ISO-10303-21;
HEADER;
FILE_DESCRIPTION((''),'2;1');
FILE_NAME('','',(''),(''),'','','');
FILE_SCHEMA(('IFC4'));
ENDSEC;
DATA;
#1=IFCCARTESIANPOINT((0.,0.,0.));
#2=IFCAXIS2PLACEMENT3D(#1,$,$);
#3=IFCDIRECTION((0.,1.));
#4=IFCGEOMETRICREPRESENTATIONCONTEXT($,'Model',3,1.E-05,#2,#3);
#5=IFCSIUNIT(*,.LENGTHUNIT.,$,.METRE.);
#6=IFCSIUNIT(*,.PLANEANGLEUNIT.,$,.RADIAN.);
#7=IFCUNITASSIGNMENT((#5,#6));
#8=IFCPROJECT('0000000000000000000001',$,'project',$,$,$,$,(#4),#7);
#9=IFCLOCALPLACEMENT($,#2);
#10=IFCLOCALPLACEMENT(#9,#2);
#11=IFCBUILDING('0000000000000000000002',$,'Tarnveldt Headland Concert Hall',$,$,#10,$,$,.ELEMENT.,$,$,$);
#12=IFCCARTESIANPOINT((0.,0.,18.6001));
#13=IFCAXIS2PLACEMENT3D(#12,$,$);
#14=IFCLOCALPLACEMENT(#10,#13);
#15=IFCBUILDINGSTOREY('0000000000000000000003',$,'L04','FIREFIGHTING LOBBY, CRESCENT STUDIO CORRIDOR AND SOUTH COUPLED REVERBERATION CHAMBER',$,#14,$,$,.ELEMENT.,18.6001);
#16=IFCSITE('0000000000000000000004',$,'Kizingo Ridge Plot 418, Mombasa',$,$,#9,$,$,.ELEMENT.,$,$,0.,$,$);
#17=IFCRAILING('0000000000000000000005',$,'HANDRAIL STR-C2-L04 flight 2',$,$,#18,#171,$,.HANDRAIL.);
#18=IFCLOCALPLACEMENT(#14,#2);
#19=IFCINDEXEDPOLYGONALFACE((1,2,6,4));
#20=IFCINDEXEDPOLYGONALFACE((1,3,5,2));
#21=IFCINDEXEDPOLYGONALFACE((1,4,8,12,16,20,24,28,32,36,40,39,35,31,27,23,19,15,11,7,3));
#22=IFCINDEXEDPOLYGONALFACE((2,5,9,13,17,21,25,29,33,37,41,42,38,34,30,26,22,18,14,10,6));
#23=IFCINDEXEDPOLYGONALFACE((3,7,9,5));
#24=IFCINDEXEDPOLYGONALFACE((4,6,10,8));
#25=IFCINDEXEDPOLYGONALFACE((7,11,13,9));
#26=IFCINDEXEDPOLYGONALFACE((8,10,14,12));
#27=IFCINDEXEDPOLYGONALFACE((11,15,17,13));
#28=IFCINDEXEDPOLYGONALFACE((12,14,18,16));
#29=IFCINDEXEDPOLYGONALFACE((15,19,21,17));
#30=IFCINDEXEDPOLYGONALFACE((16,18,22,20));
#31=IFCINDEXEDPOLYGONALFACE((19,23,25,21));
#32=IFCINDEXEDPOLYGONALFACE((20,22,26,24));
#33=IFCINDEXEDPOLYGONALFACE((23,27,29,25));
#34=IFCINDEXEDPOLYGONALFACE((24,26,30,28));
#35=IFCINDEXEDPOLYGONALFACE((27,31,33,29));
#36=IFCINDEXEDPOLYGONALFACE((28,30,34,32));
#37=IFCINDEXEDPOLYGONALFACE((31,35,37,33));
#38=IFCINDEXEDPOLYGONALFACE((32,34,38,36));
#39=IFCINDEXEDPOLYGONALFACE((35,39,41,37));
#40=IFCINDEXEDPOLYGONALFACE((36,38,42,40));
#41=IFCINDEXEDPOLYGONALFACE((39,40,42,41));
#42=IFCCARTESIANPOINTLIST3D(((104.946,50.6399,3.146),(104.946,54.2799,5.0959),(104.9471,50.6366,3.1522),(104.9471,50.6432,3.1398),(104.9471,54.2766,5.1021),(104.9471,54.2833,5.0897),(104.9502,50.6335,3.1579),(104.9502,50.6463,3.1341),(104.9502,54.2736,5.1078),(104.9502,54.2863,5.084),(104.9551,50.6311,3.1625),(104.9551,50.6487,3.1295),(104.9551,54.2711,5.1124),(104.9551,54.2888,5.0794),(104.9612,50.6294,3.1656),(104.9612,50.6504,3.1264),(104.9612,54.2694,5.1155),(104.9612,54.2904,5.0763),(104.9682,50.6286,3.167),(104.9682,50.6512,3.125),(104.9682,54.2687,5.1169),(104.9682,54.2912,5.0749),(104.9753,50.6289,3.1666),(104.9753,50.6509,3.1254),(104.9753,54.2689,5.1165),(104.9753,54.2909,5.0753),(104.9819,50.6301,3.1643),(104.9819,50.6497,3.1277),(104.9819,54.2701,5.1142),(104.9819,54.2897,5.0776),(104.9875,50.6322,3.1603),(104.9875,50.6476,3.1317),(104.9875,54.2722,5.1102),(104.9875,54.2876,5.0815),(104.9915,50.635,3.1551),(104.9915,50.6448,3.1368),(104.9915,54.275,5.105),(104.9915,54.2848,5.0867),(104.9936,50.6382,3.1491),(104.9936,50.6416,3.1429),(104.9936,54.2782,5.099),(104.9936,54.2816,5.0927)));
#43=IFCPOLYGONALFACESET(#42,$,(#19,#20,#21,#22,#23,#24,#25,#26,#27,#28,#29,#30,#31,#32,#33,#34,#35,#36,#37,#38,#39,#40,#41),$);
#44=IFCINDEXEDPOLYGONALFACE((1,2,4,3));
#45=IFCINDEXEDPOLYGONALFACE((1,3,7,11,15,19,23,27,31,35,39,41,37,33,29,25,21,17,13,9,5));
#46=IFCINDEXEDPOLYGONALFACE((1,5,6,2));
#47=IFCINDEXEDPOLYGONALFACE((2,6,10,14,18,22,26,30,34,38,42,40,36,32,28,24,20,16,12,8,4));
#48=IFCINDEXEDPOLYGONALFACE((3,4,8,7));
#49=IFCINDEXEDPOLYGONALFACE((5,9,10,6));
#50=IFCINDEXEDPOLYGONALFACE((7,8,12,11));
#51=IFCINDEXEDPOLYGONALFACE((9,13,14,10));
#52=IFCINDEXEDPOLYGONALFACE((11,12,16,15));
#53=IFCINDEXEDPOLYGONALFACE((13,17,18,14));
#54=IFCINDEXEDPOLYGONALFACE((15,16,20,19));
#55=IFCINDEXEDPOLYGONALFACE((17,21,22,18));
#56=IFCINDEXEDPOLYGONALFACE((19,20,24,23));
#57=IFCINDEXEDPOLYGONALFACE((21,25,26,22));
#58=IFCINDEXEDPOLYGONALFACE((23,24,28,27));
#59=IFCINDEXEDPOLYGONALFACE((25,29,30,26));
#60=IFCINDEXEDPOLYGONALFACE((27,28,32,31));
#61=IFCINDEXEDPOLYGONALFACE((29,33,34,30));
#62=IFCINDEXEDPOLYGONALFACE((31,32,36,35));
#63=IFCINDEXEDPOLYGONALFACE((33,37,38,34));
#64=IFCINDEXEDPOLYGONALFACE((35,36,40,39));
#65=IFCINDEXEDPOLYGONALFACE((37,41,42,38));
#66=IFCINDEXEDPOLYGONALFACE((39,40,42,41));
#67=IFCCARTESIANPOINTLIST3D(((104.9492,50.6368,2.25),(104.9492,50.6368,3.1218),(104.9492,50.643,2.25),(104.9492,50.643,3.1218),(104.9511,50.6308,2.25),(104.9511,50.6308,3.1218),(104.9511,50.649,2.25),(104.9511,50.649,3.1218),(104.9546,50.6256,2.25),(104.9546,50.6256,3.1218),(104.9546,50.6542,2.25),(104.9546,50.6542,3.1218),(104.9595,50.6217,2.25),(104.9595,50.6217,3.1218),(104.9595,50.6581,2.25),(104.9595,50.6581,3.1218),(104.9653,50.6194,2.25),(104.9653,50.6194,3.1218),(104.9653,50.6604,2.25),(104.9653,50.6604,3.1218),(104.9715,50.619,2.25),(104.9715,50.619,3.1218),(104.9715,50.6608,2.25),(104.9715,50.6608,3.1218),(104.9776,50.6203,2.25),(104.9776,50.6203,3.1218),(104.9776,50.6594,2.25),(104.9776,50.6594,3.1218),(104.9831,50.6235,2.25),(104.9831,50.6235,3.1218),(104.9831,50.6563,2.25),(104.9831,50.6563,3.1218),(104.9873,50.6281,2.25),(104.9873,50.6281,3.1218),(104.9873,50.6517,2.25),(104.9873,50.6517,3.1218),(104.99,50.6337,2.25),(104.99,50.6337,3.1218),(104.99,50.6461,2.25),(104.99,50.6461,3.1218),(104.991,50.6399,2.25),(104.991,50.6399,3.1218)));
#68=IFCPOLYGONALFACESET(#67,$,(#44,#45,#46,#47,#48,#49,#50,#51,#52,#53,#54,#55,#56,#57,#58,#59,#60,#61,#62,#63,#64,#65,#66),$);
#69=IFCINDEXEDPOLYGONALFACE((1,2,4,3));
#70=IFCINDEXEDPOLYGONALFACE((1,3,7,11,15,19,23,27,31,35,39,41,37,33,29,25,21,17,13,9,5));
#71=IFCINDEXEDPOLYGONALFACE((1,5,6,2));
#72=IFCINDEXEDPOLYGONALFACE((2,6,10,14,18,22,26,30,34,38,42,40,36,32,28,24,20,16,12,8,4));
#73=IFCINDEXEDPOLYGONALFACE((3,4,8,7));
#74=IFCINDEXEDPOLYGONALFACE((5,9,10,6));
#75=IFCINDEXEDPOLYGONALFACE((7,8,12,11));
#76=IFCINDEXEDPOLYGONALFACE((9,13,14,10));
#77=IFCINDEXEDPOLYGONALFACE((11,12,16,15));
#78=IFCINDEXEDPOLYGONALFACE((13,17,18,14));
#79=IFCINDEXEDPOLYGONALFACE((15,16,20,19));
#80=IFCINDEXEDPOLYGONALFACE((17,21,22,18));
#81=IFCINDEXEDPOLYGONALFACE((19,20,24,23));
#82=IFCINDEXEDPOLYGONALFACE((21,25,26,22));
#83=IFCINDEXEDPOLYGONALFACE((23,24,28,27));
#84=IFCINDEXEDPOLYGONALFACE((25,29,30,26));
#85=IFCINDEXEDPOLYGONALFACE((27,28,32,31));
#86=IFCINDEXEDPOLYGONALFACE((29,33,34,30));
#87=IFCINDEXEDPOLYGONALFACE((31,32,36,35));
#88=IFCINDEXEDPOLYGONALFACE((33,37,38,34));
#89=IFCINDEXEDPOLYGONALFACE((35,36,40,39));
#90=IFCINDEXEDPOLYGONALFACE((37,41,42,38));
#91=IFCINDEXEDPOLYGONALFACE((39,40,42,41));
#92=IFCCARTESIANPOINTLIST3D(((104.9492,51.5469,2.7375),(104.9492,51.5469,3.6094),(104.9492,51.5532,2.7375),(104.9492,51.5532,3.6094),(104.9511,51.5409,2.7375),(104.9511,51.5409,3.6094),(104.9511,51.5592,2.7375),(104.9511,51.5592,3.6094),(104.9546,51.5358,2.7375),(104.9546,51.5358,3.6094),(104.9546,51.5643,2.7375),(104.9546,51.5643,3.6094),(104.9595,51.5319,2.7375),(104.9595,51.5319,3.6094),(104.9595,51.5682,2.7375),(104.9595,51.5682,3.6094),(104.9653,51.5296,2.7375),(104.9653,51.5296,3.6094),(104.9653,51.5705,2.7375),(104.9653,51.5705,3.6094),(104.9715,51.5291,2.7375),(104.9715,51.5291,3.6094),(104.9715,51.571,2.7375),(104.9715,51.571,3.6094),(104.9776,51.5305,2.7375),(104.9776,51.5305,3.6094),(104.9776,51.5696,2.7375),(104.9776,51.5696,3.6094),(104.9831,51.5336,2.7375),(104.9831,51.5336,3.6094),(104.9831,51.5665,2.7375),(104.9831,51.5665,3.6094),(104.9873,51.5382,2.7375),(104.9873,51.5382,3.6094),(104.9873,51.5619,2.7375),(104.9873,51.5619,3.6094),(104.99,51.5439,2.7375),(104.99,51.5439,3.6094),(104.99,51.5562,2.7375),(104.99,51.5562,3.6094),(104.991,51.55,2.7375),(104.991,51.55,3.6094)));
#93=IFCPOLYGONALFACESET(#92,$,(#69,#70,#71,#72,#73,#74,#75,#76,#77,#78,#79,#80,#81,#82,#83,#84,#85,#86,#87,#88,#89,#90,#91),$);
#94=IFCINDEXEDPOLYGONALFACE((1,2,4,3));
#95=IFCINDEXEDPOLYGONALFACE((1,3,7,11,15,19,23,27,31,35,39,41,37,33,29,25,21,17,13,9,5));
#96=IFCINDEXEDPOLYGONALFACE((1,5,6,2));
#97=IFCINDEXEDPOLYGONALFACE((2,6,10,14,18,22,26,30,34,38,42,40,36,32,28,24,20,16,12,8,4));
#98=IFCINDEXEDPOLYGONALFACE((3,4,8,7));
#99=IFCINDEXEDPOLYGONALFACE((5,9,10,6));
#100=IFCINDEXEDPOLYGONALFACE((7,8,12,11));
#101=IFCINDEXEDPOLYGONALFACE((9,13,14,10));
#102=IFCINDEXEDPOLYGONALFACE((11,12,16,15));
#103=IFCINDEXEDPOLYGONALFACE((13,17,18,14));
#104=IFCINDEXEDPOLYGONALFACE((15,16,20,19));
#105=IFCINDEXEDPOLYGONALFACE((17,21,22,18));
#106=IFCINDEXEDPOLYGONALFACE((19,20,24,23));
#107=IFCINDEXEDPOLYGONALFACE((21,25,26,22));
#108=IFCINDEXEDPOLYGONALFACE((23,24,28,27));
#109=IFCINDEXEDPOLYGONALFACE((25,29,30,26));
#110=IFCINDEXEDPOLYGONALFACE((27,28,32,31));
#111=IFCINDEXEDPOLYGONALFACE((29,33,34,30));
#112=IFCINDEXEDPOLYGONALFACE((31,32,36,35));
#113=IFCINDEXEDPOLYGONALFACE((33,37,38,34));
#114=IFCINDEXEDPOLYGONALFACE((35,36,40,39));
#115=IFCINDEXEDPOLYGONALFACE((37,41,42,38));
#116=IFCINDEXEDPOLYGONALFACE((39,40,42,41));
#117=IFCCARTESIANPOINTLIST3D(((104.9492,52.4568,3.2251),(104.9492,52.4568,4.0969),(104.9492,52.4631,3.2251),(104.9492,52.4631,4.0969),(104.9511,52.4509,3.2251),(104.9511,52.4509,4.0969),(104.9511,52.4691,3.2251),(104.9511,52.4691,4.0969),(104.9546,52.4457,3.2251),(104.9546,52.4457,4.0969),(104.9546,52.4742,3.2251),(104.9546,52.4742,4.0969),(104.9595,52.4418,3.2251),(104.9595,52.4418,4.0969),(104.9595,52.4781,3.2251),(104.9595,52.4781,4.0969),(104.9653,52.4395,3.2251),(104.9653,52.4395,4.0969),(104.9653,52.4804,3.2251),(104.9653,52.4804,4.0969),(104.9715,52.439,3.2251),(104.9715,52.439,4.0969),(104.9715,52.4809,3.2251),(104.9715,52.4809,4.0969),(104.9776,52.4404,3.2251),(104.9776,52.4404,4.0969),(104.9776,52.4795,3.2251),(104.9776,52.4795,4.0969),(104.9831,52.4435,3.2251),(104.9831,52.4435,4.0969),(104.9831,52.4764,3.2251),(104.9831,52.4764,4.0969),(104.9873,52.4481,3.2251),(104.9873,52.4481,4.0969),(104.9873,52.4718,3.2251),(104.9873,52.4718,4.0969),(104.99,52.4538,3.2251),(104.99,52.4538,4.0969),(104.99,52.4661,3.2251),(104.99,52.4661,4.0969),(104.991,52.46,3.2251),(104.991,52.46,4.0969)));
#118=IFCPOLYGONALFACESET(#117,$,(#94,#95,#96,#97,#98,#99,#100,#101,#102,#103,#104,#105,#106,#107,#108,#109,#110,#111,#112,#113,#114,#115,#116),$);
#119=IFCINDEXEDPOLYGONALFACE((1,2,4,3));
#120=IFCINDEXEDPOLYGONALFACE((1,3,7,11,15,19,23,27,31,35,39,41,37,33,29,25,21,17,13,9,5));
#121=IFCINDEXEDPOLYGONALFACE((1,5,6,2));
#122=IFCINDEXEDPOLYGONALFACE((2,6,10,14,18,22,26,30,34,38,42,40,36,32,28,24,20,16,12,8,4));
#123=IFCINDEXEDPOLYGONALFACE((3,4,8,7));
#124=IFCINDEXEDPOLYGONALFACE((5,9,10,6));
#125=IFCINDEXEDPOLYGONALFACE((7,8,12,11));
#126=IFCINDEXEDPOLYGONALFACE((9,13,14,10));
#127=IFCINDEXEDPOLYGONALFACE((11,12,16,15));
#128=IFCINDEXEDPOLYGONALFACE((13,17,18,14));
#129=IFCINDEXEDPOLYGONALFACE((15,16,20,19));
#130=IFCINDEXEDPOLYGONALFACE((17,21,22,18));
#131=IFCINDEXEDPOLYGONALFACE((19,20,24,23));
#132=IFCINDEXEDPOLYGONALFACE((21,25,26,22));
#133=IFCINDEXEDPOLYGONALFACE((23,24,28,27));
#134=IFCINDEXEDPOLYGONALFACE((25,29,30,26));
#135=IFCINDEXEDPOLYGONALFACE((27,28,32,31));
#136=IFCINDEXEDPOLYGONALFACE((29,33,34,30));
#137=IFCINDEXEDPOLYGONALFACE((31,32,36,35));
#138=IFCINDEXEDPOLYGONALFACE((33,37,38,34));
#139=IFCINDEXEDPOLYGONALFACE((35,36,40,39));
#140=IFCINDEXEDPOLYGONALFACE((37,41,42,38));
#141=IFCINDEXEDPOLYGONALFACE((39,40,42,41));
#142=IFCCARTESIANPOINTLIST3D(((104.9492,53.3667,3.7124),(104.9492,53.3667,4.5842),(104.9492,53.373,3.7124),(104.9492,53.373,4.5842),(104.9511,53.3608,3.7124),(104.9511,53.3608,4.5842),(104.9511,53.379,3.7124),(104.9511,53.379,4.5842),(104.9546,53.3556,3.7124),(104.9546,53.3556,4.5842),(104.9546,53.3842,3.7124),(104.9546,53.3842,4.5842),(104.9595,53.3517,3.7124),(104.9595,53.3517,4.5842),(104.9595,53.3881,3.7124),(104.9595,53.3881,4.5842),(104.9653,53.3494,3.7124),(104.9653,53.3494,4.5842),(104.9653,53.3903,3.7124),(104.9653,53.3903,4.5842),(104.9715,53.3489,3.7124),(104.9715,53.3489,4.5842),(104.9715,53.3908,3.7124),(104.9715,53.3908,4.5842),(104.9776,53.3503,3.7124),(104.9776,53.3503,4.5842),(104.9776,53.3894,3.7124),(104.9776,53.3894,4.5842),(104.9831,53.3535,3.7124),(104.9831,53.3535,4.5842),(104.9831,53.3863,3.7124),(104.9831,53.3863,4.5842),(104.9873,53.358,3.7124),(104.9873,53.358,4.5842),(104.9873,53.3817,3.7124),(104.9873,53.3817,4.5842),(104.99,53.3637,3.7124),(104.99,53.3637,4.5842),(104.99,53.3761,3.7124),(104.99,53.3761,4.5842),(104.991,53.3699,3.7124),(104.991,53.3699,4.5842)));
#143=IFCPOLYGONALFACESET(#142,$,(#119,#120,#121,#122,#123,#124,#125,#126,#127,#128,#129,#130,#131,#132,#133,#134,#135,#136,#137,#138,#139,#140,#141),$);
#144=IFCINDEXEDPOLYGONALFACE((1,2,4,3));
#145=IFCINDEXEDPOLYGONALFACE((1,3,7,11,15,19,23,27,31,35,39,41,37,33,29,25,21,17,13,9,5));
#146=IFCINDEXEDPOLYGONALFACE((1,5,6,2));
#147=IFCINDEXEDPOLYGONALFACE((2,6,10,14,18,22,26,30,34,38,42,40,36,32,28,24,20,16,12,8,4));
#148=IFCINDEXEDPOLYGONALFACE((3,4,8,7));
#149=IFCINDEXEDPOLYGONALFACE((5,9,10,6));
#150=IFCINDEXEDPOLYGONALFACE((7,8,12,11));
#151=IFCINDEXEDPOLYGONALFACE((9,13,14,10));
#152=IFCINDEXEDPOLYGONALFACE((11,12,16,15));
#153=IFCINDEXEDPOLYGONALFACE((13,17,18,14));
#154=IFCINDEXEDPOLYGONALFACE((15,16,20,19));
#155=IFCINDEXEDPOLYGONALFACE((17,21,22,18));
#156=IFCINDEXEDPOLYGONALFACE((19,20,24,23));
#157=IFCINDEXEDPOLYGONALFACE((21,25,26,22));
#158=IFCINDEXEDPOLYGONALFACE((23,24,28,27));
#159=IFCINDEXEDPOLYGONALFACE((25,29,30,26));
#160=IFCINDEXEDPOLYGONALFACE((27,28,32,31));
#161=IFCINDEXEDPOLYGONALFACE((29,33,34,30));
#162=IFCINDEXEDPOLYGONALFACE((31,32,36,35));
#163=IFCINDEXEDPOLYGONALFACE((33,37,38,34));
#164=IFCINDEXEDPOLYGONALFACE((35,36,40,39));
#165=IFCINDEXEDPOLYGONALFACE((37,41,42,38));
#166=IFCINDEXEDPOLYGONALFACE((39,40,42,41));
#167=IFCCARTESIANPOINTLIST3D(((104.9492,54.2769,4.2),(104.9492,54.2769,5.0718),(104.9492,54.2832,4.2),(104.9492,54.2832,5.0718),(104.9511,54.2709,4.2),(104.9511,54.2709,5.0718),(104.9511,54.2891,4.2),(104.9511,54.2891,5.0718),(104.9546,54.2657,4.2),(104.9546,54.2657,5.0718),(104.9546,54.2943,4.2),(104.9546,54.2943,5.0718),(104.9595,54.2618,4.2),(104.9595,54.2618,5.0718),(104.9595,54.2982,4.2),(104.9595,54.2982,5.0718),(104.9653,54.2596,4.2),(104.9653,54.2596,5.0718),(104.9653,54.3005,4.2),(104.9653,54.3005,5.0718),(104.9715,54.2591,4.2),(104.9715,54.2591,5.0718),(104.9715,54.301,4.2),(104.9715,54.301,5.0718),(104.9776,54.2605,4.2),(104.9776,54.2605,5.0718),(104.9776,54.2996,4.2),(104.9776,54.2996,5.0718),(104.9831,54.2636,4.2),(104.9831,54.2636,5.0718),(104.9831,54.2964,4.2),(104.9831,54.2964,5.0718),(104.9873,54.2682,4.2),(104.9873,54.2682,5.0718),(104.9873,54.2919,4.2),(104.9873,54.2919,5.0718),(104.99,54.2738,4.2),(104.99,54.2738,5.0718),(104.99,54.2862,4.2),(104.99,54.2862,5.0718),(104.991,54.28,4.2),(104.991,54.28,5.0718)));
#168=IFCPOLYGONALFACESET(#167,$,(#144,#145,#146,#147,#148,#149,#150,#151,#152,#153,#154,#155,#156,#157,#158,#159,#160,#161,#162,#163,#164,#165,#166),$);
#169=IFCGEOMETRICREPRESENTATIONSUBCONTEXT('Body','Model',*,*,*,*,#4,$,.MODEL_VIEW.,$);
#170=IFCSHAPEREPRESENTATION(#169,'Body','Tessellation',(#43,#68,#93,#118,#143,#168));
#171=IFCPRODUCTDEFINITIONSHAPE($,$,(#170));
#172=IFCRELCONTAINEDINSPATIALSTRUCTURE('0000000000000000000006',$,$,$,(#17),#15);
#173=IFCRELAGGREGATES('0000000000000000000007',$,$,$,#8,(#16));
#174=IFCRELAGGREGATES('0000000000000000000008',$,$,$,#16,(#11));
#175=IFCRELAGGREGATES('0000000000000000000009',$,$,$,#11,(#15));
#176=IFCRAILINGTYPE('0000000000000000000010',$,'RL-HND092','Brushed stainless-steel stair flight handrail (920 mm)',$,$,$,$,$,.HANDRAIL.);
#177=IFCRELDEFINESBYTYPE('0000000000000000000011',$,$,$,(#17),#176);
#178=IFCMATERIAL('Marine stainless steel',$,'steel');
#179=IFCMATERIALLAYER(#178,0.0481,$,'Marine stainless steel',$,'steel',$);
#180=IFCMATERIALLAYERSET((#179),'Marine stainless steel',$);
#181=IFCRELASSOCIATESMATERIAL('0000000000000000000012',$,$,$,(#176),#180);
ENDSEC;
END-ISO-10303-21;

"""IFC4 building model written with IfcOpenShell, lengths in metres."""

from ifc_helpers import new_model, si_unit, direction, frame, origin, origin_2d, place, context, subcontext, project, spatial, circle, extrude, material, layer, layer_set, type_object, element, save


model = new_model("IFC4")

# Units and contexts
model_context = context("Model", 3, precision=1e-05, world=origin(), true_north=direction((0.0, 1.0)))
body_context = subcontext(model_context, "Body", "Model", "MODEL_VIEW")
ifc_project = project(units=[si_unit("LENGTHUNIT", "METRE"), si_unit("PLANEANGLEUNIT", "RADIAN")], contexts=[model_context])

# Site, building, storey
site_placement = place(None, origin())
site = spatial("IfcSite", under=ifc_project, at=site_placement, Name="Kizingo Ridge Plot 418, Mombasa", CompositionType="ELEMENT", RefElevation=0.0)
building_placement = place(site_placement, origin())
building = spatial("IfcBuilding", under=site, at=building_placement, Name="Tarnveldt Headland Concert Hall", CompositionType="ELEMENT")
storey_placement = place(building_placement, frame((0.0, 0.0, 18.6001)))
storey = spatial("IfcBuildingStorey", under=building, at=storey_placement, Name="L04", Description="FIREFIGHTING LOBBY, CRESCENT STUDIO CORRIDOR AND SOUTH COUPLED REVERBERATION CHAMBER", CompositionType="ELEMENT", Elevation=18.6001)

# Railing
ifc_material_1 = material(Name="Marine stainless steel", Category="steel")
ifc_layer_1 = layer(ifc_material_1, 0.0481, Name="Marine stainless steel", Category="steel")
ifc_layer_set_1 = layer_set([ifc_layer_1], Name="Marine stainless steel")
railing_type_1 = type_object("IfcRailingType", Name="RL-HND092", Description="Brushed stainless-steel stair flight handrail (920 mm)", PredefinedType="HANDRAIL", material=ifc_layer_set_1)
railing_1_placement = place(storey_placement, frame((104.97, 50.6399, 2.25)))
element("IfcRailing", 1, at=railing_1_placement, inside=storey, type_object=railing_type_1, Name="HANDRAIL STR-C2-L04 flight 2", PredefinedType="HANDRAIL", context=body_context, shape_type="SweptSolid", body=[
    extrude(circle(Radius=0.0239, at=origin_2d()), frame((0.0, 0.0, 0.896), z_axis=(0.0, 0.881492, 0.472198), x_axis=(-1.0, 0.0, 0.0)), (0.0, 0.0, 1.0), 4.1294),
    extrude(circle(Radius=0.021, at=origin_2d()), origin(), (0.0, 0.0, 1.0), 0.8718),
    extrude(circle(Radius=0.021, at=origin_2d()), frame((0.0, 0.9102, 0.4875)), (0.0, 0.0, 1.0), 0.8718),
    extrude(circle(Radius=0.021, at=origin_2d()), frame((0.0, 1.8201, 0.9751)), (0.0, 0.0, 1.0), 0.8718),
    extrude(circle(Radius=0.021, at=origin_2d()), frame((0.0, 2.73, 1.4624)), (0.0, 0.0, 1.0), 0.8718),
    extrude(circle(Radius=0.021, at=origin_2d()), frame((0.0, 3.6401, 1.95)), (0.0, 0.0, 1.0), 0.8718),
])

save(model, "model.ifc")
